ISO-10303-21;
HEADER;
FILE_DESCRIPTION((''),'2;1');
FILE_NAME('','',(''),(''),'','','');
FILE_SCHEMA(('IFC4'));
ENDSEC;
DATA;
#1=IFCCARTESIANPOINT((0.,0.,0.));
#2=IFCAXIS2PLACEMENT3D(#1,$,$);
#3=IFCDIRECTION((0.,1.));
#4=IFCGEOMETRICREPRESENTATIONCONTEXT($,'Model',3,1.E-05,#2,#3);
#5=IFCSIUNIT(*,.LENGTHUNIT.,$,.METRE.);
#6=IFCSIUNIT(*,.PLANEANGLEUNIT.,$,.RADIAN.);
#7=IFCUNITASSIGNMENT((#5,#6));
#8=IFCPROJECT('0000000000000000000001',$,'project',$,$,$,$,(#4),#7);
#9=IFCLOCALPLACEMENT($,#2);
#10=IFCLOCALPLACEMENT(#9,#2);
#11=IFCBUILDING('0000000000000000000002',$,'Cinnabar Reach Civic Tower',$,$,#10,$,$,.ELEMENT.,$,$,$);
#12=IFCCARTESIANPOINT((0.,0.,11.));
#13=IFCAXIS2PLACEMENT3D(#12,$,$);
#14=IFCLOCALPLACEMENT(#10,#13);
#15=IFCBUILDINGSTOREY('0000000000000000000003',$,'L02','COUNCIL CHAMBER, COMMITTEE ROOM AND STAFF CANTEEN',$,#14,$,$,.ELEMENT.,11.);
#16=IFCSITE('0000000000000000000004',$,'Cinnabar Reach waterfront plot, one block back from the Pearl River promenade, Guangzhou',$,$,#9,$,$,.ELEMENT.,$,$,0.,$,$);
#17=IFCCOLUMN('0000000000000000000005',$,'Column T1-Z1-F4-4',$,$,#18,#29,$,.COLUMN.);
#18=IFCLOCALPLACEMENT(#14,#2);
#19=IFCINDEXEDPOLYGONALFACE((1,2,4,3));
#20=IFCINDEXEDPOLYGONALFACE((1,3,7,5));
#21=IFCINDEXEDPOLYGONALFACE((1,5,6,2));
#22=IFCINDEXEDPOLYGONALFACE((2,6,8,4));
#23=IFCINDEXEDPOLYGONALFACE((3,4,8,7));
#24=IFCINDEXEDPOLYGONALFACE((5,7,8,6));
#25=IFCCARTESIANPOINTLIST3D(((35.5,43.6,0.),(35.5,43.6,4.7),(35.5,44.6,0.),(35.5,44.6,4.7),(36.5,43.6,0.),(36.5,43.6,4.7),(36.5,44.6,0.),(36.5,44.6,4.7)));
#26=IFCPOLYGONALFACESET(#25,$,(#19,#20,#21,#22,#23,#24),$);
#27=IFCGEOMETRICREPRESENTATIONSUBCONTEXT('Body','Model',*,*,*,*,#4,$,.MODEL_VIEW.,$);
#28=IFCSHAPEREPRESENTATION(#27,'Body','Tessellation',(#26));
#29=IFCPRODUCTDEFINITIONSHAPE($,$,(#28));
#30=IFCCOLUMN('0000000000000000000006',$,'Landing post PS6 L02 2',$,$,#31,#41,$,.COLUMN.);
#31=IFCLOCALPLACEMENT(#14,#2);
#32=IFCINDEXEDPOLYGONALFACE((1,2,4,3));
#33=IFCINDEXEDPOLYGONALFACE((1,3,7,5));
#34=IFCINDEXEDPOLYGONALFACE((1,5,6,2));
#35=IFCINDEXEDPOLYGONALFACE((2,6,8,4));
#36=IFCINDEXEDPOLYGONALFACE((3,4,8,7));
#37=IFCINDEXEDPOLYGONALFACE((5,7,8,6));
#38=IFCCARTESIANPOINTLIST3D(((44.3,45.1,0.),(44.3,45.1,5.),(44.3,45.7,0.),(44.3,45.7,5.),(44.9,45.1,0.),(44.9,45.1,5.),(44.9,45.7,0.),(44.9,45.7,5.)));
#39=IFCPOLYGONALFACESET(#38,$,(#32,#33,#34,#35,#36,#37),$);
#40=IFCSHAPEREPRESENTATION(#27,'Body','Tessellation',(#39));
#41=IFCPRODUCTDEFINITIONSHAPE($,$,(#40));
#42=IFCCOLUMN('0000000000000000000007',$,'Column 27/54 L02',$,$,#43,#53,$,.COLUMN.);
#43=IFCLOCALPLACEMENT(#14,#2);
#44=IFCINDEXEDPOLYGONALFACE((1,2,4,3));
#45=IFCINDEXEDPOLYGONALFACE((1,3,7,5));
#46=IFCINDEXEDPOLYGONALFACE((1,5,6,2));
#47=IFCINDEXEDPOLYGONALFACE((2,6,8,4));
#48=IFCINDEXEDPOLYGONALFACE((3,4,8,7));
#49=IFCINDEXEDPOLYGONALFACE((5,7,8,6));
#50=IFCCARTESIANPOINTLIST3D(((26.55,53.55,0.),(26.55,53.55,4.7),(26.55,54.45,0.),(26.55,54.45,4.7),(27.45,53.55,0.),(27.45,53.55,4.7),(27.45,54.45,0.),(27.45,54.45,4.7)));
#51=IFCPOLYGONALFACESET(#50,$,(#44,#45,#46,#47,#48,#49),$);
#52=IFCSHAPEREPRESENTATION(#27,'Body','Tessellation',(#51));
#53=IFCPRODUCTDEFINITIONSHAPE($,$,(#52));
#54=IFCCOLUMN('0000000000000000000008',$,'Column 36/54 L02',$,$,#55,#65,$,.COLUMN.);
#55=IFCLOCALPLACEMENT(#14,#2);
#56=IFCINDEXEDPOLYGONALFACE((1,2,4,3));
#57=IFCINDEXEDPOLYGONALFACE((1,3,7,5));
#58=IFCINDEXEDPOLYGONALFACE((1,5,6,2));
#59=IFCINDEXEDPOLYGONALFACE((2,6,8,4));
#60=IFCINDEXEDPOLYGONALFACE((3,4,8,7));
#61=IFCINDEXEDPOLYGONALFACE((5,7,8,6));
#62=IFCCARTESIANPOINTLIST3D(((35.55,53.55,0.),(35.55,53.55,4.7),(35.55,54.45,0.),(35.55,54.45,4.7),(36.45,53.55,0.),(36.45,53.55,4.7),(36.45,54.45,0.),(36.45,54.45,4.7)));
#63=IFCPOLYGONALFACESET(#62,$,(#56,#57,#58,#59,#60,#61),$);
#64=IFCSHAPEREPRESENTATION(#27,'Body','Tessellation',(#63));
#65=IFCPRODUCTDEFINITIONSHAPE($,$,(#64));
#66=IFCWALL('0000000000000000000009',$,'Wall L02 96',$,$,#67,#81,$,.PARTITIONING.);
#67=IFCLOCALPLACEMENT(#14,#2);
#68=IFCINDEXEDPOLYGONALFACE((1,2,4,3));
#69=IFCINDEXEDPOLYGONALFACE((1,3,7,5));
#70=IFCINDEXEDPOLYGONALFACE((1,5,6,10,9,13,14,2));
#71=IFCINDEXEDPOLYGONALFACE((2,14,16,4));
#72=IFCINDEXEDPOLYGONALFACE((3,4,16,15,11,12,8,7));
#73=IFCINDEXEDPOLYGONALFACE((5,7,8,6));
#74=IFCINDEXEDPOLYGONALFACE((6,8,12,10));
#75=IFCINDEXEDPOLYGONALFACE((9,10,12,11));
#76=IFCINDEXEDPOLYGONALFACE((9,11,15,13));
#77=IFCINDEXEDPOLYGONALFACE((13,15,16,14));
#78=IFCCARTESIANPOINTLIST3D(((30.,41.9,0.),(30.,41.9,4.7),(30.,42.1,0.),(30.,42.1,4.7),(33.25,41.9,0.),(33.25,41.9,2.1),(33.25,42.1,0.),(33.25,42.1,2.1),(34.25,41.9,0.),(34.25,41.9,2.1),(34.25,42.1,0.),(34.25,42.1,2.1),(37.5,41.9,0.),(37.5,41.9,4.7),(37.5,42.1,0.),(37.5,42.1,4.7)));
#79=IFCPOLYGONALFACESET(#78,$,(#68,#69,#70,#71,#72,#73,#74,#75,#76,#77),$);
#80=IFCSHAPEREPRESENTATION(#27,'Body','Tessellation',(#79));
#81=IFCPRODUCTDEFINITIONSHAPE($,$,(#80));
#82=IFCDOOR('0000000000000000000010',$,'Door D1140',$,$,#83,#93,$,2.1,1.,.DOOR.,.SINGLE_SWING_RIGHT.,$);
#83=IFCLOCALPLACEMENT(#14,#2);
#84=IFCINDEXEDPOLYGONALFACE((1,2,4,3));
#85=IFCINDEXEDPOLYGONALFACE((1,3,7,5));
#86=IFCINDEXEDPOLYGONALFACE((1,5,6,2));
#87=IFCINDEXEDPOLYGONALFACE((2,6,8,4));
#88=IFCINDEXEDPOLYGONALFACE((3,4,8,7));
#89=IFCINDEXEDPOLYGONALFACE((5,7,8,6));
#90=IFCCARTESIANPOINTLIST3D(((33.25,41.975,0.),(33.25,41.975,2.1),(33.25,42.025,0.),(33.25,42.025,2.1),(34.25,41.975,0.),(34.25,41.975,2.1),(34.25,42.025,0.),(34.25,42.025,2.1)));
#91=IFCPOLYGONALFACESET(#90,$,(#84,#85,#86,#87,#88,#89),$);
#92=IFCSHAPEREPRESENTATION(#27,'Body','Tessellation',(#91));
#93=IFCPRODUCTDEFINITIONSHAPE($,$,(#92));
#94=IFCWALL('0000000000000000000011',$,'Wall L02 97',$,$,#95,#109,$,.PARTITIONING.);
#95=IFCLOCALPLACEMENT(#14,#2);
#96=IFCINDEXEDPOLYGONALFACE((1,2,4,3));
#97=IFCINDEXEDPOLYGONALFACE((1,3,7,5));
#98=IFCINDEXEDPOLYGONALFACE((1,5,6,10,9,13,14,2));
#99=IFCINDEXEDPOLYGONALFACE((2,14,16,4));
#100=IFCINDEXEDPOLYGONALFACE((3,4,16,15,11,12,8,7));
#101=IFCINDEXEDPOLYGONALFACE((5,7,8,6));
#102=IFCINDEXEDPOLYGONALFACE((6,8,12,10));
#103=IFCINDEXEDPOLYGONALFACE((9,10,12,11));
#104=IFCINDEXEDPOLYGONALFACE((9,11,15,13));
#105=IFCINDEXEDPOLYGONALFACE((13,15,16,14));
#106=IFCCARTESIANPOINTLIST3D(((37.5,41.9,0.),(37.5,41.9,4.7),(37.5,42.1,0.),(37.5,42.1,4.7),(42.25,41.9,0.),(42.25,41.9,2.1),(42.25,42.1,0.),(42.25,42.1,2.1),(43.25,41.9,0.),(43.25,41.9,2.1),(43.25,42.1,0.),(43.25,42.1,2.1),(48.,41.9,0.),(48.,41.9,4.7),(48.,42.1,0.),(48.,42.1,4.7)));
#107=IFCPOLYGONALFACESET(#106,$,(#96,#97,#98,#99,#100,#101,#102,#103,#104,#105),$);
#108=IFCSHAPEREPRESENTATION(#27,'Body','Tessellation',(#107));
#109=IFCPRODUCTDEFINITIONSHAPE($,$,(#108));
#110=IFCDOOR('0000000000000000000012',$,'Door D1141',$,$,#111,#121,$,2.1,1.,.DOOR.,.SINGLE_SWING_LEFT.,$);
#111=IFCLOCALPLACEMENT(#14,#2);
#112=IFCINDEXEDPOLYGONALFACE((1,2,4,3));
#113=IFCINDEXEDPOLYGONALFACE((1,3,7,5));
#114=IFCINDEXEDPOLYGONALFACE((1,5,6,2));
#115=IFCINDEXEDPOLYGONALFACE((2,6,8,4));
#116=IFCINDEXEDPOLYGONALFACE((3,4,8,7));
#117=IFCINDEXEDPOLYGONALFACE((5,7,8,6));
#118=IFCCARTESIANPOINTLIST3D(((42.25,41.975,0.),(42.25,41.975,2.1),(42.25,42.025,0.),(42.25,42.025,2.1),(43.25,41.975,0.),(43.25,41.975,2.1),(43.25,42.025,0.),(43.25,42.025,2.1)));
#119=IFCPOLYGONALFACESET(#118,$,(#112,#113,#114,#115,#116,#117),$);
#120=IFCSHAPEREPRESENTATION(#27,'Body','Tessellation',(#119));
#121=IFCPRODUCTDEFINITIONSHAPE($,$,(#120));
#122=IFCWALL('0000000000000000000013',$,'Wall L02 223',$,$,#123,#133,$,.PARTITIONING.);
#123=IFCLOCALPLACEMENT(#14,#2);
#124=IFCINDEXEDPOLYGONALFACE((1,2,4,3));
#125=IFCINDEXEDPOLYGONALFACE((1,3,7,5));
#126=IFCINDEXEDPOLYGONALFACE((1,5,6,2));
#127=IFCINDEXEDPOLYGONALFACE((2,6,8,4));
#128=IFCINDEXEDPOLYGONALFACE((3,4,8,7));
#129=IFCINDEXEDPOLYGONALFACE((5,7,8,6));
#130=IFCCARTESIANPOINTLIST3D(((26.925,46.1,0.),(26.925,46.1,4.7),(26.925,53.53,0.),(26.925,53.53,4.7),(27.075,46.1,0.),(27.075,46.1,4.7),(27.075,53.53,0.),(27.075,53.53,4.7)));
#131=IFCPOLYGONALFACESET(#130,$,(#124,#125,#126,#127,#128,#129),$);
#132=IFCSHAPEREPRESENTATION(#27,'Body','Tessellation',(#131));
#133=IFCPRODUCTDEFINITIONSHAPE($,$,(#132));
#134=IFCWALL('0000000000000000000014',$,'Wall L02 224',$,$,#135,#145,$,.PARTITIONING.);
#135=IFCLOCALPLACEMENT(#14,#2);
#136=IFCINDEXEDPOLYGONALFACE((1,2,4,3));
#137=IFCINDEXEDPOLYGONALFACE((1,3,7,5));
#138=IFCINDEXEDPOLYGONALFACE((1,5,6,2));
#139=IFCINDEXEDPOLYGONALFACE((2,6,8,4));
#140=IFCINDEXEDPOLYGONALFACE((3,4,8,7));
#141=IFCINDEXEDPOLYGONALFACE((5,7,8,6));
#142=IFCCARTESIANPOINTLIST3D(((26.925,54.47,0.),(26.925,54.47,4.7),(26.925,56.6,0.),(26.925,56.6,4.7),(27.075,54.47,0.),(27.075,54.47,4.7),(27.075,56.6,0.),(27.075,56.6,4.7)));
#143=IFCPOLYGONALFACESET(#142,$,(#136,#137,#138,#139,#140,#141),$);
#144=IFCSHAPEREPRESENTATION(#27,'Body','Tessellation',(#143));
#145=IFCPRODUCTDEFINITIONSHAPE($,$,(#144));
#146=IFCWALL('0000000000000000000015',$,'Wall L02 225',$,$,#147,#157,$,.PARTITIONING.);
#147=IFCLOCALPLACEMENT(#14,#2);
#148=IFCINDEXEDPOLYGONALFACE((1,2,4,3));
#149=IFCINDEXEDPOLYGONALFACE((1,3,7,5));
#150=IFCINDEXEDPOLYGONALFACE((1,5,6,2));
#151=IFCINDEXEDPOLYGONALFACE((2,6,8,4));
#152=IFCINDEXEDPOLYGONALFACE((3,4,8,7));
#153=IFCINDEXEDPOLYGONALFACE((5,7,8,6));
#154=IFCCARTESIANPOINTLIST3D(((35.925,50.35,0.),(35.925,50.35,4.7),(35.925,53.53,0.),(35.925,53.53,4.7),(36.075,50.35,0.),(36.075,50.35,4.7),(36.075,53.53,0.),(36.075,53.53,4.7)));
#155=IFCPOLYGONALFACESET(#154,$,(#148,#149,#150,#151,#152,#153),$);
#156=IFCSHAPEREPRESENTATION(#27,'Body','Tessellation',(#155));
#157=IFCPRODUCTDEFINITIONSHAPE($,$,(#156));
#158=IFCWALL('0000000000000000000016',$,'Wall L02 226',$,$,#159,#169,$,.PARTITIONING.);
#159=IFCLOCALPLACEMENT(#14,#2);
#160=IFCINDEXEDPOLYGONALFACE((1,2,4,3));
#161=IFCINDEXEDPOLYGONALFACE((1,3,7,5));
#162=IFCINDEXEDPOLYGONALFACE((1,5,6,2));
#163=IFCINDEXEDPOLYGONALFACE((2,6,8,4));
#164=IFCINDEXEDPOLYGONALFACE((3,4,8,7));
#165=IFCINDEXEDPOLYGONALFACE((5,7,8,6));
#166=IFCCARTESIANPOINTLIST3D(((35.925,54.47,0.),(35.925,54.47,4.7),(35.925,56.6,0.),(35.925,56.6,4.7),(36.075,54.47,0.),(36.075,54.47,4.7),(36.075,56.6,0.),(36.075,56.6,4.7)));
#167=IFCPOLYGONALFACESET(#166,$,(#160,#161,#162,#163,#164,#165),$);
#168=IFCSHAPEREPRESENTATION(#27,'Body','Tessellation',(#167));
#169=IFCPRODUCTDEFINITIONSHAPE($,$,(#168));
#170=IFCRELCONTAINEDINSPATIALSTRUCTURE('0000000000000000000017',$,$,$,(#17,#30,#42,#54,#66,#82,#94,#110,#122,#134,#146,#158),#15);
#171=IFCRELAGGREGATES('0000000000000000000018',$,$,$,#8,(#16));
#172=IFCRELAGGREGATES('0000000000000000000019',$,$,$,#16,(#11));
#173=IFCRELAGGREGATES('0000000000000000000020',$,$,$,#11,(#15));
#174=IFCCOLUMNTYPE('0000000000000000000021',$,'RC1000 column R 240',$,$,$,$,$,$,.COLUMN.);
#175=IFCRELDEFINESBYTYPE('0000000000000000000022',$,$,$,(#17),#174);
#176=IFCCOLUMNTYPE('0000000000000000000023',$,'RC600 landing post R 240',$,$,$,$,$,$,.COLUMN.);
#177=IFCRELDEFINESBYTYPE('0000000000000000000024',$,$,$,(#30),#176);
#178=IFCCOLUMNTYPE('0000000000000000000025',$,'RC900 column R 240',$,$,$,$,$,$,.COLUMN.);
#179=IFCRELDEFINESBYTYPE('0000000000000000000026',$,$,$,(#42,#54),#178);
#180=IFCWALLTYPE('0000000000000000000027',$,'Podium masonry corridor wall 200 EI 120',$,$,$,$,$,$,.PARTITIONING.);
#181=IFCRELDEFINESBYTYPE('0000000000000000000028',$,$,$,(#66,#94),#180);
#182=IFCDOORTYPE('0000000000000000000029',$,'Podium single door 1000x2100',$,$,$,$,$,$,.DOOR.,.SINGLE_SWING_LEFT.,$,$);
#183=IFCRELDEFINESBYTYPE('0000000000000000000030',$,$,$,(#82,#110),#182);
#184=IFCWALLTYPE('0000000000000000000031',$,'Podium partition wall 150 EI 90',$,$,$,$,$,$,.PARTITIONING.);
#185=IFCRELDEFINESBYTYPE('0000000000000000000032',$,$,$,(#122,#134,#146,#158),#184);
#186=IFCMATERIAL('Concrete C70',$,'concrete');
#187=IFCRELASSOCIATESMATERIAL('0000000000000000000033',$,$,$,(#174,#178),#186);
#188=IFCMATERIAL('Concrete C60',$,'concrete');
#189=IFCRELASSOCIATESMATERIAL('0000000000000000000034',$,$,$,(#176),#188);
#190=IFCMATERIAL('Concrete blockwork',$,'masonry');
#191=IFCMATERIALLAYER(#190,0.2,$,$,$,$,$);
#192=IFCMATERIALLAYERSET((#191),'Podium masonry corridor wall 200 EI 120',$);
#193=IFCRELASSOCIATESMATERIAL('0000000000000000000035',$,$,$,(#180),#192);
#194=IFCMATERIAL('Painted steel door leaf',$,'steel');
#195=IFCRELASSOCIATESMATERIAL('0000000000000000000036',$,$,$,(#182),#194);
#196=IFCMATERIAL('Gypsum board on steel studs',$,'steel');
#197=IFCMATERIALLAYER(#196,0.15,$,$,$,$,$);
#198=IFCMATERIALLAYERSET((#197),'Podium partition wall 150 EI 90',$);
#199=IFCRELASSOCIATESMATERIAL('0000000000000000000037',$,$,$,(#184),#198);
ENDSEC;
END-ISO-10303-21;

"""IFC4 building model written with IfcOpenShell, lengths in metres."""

from ifc_helpers import new_model, si_unit, direction, frame, frame_2d, origin, origin_2d, place, context, subcontext, project, spatial, rectangle, extrude, material, layer, layer_set, material_profile, profile_set, type_object, element, fill, save


model = new_model("IFC4")

# Units and contexts
model_context = context("Model", 3, precision=1e-05, world=origin(), true_north=direction((0.0, 1.0)))
body_context = subcontext(model_context, "Body", "Model", "MODEL_VIEW")
ifc_project = project(units=[si_unit("LENGTHUNIT", "METRE"), si_unit("PLANEANGLEUNIT", "RADIAN")], contexts=[model_context])

# Site, building, storey
site_placement = place(None, origin())
site = spatial("IfcSite", under=ifc_project, at=site_placement, Name="Cinnabar Reach waterfront plot, one block back from the Pearl River promenade, Guangzhou", CompositionType="ELEMENT", RefElevation=0.0)
building_placement = place(site_placement, origin())
building = spatial("IfcBuilding", under=site, at=building_placement, Name="Cinnabar Reach Civic Tower", CompositionType="ELEMENT")
storey_placement = place(building_placement, frame((0.0, 0.0, 11.0)))
storey = spatial("IfcBuildingStorey", under=building, at=storey_placement, Name="L02", Description="COUNCIL CHAMBER, COMMITTEE ROOM AND STAFF CANTEEN", CompositionType="ELEMENT", Elevation=11.0)

# Columns
ifc_material_1 = material(Name="Concrete C70", Category="concrete")
ifc_material_profile_1 = material_profile(ifc_material_1, rectangle(XDim=1.0, YDim=1.0, at=origin_2d()), Name="RC1000")
ifc_profile_set_1 = profile_set([ifc_material_profile_1], Name="Concrete C70")
column_type_1 = type_object("IfcColumnType", Name="RC1000 column R 240", PredefinedType="COLUMN", material=ifc_profile_set_1)
column_1_placement = place(storey_placement, frame((36.0, 44.1, 0.0), z_axis=(0.0, 0.0, 1.0), x_axis=(1.0, 0.0, 0.0)))
element("IfcColumn", 1, at=column_1_placement, inside=storey, type_object=column_type_1, Name="Column T1-Z1-F4-4", PredefinedType="COLUMN", context=body_context, shape_type="SweptSolid", body=[
    extrude(rectangle(XDim=1.0, YDim=1.0, at=origin_2d()), origin(), (0.0, 0.0, 1.0), 4.7),
])
ifc_material_2 = material(Name="Concrete C60", Category="concrete")
ifc_material_profile_2 = material_profile(ifc_material_2, rectangle(XDim=0.6, YDim=0.6, at=origin_2d()), Name="RC600")
ifc_profile_set_2 = profile_set([ifc_material_profile_2], Name="Concrete C60")
column_type_2 = type_object("IfcColumnType", Name="RC600 landing post R 240", PredefinedType="COLUMN", material=ifc_profile_set_2)
column_2_placement = place(storey_placement, frame((44.6, 45.4, 0.0), z_axis=(0.0, 0.0, 1.0), x_axis=(1.0, 0.0, 0.0)))
element("IfcColumn", 2, at=column_2_placement, inside=storey, type_object=column_type_2, Name="Landing post PS6 L02 2", PredefinedType="COLUMN", context=body_context, shape_type="SweptSolid", body=[
    extrude(rectangle(XDim=0.6, YDim=0.6, at=origin_2d()), origin(), (0.0, 0.0, 1.0), 5.0),
])
ifc_material_profile_3 = material_profile(ifc_material_1, rectangle(XDim=0.9, YDim=0.9, at=origin_2d()), Name="RC900")
ifc_profile_set_3 = profile_set([ifc_material_profile_3], Name="Concrete C70")
column_type_3 = type_object("IfcColumnType", Name="RC900 column R 240", PredefinedType="COLUMN", material=ifc_profile_set_3)
for number, where, z_axis, x_axis, name in (
    (3, (27.0, 54.0, 0.0), (0.0, 0.0, 1.0), (1.0, 0.0, 0.0), "Column 27/54 L02"),
    (4, (36.0, 54.0, 0.0), (0.0, 0.0, 1.0), (1.0, 0.0, 0.0), "Column 36/54 L02"),
):
    element("IfcColumn", number, at=place(storey_placement, frame(where, z_axis=z_axis, x_axis=x_axis)), inside=storey, type_object=column_type_3, Name=name, PredefinedType="COLUMN", context=body_context, shape_type="SweptSolid", body=[
        extrude(rectangle(XDim=0.9, YDim=0.9, at=origin_2d()), origin(), (0.0, 0.0, 1.0), 4.7),
    ])

# Walls, openings, doors
ifc_material_3 = material(Name="Concrete blockwork", Category="masonry")
ifc_layer_1 = layer(ifc_material_3, 0.2)
ifc_layer_set_1 = layer_set([ifc_layer_1], Name="Podium masonry corridor wall 200 EI 120")
wall_type_1 = type_object("IfcWallType", Name="Podium masonry corridor wall 200 EI 120", PredefinedType="PARTITIONING", material=ifc_layer_set_1)
wall_1_placement = place(storey_placement, frame((30.0, 42.0, 0.0), z_axis=(0.0, 0.0, 1.0), x_axis=(1.0, 0.0, 0.0)))
wall_1 = element("IfcWall", 5, at=wall_1_placement, inside=storey, type_object=wall_type_1, Name="Wall L02 96", PredefinedType="PARTITIONING", context=body_context, shape_type="SweptSolid", body=[
    extrude(rectangle(XDim=7.5, YDim=0.2, at=frame_2d((3.75, 0.0))), origin(), (0.0, 0.0, 1.0), 4.7),
])
opening_1_placement = place(wall_1_placement, frame((3.25, 0.0, 0.0)))
opening_1 = element("IfcOpeningElement", 6, at=opening_1_placement, cuts=wall_1, PredefinedType="OPENING", context=body_context, shape_type="SweptSolid", body=[
    extrude(rectangle(XDim=1.0, YDim=2.1, at=frame_2d((0.5, 1.05))), frame((0.0, 0.11, 0.0), z_axis=(0.0, -1.0, 0.0), x_axis=(1.0, 0.0, 0.0)), (0.0, 0.0, 1.0), 0.22),
])
ifc_material_4 = material(Name="Painted steel door leaf", Category="steel")
door_type_1 = type_object("IfcDoorType", Name="Podium single door 1000x2100", OperationType="SINGLE_SWING_LEFT", PredefinedType="DOOR", material=ifc_material_4)
door_1_placement = place(opening_1_placement, frame((1.0, 0.0, 0.0), z_axis=(0.0, 0.0, 1.0), x_axis=(-1.0, 0.0, 0.0)))
door_1 = element("IfcDoor", 7, at=door_1_placement, inside=storey, type_object=door_type_1, Name="Door D1140", OperationType="SINGLE_SWING_RIGHT", OverallHeight=2.1, OverallWidth=1.0, PredefinedType="DOOR", context=body_context, shape_type="SweptSolid", body=[
    extrude(rectangle(XDim=1.0, YDim=2.1, at=frame_2d((0.5, 1.05))), frame((0.0, 0.025, 0.0), z_axis=(0.0, -1.0, 0.0), x_axis=(1.0, 0.0, 0.0)), (0.0, 0.0, 1.0), 0.05),
])
fill(opening_1, door_1)
wall_2_placement = place(storey_placement, frame((37.5, 42.0, 0.0), z_axis=(0.0, 0.0, 1.0), x_axis=(1.0, 0.0, 0.0)))
wall_2 = element("IfcWall", 8, at=wall_2_placement, inside=storey, type_object=wall_type_1, Name="Wall L02 97", PredefinedType="PARTITIONING", context=body_context, shape_type="SweptSolid", body=[
    extrude(rectangle(XDim=10.5, YDim=0.2, at=frame_2d((5.25, 0.0))), origin(), (0.0, 0.0, 1.0), 4.7),
])
opening_2_placement = place(wall_2_placement, frame((4.75, 0.0, 0.0)))
opening_2 = element("IfcOpeningElement", 9, at=opening_2_placement, cuts=wall_2, PredefinedType="OPENING", context=body_context, shape_type="SweptSolid", body=[
    extrude(rectangle(XDim=1.0, YDim=2.1, at=frame_2d((0.5, 1.05))), frame((0.0, 0.11, 0.0), z_axis=(0.0, -1.0, 0.0), x_axis=(1.0, 0.0, 0.0)), (0.0, 0.0, 1.0), 0.22),
])
door_2_placement = place(opening_2_placement, frame((1.0, 0.0, 0.0), z_axis=(0.0, 0.0, 1.0), x_axis=(-1.0, 0.0, 0.0)))
door_2 = element("IfcDoor", 10, at=door_2_placement, inside=storey, type_object=door_type_1, Name="Door D1141", OperationType="SINGLE_SWING_LEFT", OverallHeight=2.1, OverallWidth=1.0, PredefinedType="DOOR", context=body_context, shape_type="SweptSolid", body=[
    extrude(rectangle(XDim=1.0, YDim=2.1, at=frame_2d((0.5, 1.05))), frame((0.0, 0.025, 0.0), z_axis=(0.0, -1.0, 0.0), x_axis=(1.0, 0.0, 0.0)), (0.0, 0.0, 1.0), 0.05),
])
fill(opening_2, door_2)

# Walls
ifc_material_5 = material(Name="Gypsum board on steel studs", Category="steel")
ifc_layer_2 = layer(ifc_material_5, 0.15)
ifc_layer_set_2 = layer_set([ifc_layer_2], Name="Podium partition wall 150 EI 90")
wall_type_2 = type_object("IfcWallType", Name="Podium partition wall 150 EI 90", PredefinedType="PARTITIONING", material=ifc_layer_set_2)
wall_3_placement = place(storey_placement, frame((27.0, 46.1, 0.0), z_axis=(0.0, 0.0, 1.0), x_axis=(0.0, 1.0, 0.0)))
element("IfcWall", 11, at=wall_3_placement, inside=storey, type_object=wall_type_2, Name="Wall L02 223", PredefinedType="PARTITIONING", context=body_context, shape_type="SweptSolid", body=[
    extrude(rectangle(XDim=7.43, YDim=0.15, at=frame_2d((3.715, 0.0))), origin(), (0.0, 0.0, 1.0), 4.7),
])
wall_4_placement = place(storey_placement, frame((27.0, 54.47, 0.0), z_axis=(0.0, 0.0, 1.0), x_axis=(0.0, 1.0, 0.0)))
element("IfcWall", 12, at=wall_4_placement, inside=storey, type_object=wall_type_2, Name="Wall L02 224", PredefinedType="PARTITIONING", context=body_context, shape_type="SweptSolid", body=[
    extrude(rectangle(XDim=2.13, YDim=0.15, at=frame_2d((1.065, 0.0))), origin(), (0.0, 0.0, 1.0), 4.7),
])
wall_5_placement = place(storey_placement, frame((36.0, 50.35, 0.0), z_axis=(0.0, 0.0, 1.0), x_axis=(0.0, 1.0, 0.0)))
element("IfcWall", 13, at=wall_5_placement, inside=storey, type_object=wall_type_2, Name="Wall L02 225", PredefinedType="PARTITIONING", context=body_context, shape_type="SweptSolid", body=[
    extrude(rectangle(XDim=3.18, YDim=0.15, at=frame_2d((1.59, 0.0))), origin(), (0.0, 0.0, 1.0), 4.7),
])
wall_6_placement = place(storey_placement, frame((36.0, 54.47, 0.0), z_axis=(0.0, 0.0, 1.0), x_axis=(0.0, 1.0, 0.0)))
element("IfcWall", 14, at=wall_6_placement, inside=storey, type_object=wall_type_2, Name="Wall L02 226", PredefinedType="PARTITIONING", context=body_context, shape_type="SweptSolid", body=[
    extrude(rectangle(XDim=2.13, YDim=0.15, at=frame_2d((1.065, 0.0))), origin(), (0.0, 0.0, 1.0), 4.7),
])

save(model, "model.ifc")
